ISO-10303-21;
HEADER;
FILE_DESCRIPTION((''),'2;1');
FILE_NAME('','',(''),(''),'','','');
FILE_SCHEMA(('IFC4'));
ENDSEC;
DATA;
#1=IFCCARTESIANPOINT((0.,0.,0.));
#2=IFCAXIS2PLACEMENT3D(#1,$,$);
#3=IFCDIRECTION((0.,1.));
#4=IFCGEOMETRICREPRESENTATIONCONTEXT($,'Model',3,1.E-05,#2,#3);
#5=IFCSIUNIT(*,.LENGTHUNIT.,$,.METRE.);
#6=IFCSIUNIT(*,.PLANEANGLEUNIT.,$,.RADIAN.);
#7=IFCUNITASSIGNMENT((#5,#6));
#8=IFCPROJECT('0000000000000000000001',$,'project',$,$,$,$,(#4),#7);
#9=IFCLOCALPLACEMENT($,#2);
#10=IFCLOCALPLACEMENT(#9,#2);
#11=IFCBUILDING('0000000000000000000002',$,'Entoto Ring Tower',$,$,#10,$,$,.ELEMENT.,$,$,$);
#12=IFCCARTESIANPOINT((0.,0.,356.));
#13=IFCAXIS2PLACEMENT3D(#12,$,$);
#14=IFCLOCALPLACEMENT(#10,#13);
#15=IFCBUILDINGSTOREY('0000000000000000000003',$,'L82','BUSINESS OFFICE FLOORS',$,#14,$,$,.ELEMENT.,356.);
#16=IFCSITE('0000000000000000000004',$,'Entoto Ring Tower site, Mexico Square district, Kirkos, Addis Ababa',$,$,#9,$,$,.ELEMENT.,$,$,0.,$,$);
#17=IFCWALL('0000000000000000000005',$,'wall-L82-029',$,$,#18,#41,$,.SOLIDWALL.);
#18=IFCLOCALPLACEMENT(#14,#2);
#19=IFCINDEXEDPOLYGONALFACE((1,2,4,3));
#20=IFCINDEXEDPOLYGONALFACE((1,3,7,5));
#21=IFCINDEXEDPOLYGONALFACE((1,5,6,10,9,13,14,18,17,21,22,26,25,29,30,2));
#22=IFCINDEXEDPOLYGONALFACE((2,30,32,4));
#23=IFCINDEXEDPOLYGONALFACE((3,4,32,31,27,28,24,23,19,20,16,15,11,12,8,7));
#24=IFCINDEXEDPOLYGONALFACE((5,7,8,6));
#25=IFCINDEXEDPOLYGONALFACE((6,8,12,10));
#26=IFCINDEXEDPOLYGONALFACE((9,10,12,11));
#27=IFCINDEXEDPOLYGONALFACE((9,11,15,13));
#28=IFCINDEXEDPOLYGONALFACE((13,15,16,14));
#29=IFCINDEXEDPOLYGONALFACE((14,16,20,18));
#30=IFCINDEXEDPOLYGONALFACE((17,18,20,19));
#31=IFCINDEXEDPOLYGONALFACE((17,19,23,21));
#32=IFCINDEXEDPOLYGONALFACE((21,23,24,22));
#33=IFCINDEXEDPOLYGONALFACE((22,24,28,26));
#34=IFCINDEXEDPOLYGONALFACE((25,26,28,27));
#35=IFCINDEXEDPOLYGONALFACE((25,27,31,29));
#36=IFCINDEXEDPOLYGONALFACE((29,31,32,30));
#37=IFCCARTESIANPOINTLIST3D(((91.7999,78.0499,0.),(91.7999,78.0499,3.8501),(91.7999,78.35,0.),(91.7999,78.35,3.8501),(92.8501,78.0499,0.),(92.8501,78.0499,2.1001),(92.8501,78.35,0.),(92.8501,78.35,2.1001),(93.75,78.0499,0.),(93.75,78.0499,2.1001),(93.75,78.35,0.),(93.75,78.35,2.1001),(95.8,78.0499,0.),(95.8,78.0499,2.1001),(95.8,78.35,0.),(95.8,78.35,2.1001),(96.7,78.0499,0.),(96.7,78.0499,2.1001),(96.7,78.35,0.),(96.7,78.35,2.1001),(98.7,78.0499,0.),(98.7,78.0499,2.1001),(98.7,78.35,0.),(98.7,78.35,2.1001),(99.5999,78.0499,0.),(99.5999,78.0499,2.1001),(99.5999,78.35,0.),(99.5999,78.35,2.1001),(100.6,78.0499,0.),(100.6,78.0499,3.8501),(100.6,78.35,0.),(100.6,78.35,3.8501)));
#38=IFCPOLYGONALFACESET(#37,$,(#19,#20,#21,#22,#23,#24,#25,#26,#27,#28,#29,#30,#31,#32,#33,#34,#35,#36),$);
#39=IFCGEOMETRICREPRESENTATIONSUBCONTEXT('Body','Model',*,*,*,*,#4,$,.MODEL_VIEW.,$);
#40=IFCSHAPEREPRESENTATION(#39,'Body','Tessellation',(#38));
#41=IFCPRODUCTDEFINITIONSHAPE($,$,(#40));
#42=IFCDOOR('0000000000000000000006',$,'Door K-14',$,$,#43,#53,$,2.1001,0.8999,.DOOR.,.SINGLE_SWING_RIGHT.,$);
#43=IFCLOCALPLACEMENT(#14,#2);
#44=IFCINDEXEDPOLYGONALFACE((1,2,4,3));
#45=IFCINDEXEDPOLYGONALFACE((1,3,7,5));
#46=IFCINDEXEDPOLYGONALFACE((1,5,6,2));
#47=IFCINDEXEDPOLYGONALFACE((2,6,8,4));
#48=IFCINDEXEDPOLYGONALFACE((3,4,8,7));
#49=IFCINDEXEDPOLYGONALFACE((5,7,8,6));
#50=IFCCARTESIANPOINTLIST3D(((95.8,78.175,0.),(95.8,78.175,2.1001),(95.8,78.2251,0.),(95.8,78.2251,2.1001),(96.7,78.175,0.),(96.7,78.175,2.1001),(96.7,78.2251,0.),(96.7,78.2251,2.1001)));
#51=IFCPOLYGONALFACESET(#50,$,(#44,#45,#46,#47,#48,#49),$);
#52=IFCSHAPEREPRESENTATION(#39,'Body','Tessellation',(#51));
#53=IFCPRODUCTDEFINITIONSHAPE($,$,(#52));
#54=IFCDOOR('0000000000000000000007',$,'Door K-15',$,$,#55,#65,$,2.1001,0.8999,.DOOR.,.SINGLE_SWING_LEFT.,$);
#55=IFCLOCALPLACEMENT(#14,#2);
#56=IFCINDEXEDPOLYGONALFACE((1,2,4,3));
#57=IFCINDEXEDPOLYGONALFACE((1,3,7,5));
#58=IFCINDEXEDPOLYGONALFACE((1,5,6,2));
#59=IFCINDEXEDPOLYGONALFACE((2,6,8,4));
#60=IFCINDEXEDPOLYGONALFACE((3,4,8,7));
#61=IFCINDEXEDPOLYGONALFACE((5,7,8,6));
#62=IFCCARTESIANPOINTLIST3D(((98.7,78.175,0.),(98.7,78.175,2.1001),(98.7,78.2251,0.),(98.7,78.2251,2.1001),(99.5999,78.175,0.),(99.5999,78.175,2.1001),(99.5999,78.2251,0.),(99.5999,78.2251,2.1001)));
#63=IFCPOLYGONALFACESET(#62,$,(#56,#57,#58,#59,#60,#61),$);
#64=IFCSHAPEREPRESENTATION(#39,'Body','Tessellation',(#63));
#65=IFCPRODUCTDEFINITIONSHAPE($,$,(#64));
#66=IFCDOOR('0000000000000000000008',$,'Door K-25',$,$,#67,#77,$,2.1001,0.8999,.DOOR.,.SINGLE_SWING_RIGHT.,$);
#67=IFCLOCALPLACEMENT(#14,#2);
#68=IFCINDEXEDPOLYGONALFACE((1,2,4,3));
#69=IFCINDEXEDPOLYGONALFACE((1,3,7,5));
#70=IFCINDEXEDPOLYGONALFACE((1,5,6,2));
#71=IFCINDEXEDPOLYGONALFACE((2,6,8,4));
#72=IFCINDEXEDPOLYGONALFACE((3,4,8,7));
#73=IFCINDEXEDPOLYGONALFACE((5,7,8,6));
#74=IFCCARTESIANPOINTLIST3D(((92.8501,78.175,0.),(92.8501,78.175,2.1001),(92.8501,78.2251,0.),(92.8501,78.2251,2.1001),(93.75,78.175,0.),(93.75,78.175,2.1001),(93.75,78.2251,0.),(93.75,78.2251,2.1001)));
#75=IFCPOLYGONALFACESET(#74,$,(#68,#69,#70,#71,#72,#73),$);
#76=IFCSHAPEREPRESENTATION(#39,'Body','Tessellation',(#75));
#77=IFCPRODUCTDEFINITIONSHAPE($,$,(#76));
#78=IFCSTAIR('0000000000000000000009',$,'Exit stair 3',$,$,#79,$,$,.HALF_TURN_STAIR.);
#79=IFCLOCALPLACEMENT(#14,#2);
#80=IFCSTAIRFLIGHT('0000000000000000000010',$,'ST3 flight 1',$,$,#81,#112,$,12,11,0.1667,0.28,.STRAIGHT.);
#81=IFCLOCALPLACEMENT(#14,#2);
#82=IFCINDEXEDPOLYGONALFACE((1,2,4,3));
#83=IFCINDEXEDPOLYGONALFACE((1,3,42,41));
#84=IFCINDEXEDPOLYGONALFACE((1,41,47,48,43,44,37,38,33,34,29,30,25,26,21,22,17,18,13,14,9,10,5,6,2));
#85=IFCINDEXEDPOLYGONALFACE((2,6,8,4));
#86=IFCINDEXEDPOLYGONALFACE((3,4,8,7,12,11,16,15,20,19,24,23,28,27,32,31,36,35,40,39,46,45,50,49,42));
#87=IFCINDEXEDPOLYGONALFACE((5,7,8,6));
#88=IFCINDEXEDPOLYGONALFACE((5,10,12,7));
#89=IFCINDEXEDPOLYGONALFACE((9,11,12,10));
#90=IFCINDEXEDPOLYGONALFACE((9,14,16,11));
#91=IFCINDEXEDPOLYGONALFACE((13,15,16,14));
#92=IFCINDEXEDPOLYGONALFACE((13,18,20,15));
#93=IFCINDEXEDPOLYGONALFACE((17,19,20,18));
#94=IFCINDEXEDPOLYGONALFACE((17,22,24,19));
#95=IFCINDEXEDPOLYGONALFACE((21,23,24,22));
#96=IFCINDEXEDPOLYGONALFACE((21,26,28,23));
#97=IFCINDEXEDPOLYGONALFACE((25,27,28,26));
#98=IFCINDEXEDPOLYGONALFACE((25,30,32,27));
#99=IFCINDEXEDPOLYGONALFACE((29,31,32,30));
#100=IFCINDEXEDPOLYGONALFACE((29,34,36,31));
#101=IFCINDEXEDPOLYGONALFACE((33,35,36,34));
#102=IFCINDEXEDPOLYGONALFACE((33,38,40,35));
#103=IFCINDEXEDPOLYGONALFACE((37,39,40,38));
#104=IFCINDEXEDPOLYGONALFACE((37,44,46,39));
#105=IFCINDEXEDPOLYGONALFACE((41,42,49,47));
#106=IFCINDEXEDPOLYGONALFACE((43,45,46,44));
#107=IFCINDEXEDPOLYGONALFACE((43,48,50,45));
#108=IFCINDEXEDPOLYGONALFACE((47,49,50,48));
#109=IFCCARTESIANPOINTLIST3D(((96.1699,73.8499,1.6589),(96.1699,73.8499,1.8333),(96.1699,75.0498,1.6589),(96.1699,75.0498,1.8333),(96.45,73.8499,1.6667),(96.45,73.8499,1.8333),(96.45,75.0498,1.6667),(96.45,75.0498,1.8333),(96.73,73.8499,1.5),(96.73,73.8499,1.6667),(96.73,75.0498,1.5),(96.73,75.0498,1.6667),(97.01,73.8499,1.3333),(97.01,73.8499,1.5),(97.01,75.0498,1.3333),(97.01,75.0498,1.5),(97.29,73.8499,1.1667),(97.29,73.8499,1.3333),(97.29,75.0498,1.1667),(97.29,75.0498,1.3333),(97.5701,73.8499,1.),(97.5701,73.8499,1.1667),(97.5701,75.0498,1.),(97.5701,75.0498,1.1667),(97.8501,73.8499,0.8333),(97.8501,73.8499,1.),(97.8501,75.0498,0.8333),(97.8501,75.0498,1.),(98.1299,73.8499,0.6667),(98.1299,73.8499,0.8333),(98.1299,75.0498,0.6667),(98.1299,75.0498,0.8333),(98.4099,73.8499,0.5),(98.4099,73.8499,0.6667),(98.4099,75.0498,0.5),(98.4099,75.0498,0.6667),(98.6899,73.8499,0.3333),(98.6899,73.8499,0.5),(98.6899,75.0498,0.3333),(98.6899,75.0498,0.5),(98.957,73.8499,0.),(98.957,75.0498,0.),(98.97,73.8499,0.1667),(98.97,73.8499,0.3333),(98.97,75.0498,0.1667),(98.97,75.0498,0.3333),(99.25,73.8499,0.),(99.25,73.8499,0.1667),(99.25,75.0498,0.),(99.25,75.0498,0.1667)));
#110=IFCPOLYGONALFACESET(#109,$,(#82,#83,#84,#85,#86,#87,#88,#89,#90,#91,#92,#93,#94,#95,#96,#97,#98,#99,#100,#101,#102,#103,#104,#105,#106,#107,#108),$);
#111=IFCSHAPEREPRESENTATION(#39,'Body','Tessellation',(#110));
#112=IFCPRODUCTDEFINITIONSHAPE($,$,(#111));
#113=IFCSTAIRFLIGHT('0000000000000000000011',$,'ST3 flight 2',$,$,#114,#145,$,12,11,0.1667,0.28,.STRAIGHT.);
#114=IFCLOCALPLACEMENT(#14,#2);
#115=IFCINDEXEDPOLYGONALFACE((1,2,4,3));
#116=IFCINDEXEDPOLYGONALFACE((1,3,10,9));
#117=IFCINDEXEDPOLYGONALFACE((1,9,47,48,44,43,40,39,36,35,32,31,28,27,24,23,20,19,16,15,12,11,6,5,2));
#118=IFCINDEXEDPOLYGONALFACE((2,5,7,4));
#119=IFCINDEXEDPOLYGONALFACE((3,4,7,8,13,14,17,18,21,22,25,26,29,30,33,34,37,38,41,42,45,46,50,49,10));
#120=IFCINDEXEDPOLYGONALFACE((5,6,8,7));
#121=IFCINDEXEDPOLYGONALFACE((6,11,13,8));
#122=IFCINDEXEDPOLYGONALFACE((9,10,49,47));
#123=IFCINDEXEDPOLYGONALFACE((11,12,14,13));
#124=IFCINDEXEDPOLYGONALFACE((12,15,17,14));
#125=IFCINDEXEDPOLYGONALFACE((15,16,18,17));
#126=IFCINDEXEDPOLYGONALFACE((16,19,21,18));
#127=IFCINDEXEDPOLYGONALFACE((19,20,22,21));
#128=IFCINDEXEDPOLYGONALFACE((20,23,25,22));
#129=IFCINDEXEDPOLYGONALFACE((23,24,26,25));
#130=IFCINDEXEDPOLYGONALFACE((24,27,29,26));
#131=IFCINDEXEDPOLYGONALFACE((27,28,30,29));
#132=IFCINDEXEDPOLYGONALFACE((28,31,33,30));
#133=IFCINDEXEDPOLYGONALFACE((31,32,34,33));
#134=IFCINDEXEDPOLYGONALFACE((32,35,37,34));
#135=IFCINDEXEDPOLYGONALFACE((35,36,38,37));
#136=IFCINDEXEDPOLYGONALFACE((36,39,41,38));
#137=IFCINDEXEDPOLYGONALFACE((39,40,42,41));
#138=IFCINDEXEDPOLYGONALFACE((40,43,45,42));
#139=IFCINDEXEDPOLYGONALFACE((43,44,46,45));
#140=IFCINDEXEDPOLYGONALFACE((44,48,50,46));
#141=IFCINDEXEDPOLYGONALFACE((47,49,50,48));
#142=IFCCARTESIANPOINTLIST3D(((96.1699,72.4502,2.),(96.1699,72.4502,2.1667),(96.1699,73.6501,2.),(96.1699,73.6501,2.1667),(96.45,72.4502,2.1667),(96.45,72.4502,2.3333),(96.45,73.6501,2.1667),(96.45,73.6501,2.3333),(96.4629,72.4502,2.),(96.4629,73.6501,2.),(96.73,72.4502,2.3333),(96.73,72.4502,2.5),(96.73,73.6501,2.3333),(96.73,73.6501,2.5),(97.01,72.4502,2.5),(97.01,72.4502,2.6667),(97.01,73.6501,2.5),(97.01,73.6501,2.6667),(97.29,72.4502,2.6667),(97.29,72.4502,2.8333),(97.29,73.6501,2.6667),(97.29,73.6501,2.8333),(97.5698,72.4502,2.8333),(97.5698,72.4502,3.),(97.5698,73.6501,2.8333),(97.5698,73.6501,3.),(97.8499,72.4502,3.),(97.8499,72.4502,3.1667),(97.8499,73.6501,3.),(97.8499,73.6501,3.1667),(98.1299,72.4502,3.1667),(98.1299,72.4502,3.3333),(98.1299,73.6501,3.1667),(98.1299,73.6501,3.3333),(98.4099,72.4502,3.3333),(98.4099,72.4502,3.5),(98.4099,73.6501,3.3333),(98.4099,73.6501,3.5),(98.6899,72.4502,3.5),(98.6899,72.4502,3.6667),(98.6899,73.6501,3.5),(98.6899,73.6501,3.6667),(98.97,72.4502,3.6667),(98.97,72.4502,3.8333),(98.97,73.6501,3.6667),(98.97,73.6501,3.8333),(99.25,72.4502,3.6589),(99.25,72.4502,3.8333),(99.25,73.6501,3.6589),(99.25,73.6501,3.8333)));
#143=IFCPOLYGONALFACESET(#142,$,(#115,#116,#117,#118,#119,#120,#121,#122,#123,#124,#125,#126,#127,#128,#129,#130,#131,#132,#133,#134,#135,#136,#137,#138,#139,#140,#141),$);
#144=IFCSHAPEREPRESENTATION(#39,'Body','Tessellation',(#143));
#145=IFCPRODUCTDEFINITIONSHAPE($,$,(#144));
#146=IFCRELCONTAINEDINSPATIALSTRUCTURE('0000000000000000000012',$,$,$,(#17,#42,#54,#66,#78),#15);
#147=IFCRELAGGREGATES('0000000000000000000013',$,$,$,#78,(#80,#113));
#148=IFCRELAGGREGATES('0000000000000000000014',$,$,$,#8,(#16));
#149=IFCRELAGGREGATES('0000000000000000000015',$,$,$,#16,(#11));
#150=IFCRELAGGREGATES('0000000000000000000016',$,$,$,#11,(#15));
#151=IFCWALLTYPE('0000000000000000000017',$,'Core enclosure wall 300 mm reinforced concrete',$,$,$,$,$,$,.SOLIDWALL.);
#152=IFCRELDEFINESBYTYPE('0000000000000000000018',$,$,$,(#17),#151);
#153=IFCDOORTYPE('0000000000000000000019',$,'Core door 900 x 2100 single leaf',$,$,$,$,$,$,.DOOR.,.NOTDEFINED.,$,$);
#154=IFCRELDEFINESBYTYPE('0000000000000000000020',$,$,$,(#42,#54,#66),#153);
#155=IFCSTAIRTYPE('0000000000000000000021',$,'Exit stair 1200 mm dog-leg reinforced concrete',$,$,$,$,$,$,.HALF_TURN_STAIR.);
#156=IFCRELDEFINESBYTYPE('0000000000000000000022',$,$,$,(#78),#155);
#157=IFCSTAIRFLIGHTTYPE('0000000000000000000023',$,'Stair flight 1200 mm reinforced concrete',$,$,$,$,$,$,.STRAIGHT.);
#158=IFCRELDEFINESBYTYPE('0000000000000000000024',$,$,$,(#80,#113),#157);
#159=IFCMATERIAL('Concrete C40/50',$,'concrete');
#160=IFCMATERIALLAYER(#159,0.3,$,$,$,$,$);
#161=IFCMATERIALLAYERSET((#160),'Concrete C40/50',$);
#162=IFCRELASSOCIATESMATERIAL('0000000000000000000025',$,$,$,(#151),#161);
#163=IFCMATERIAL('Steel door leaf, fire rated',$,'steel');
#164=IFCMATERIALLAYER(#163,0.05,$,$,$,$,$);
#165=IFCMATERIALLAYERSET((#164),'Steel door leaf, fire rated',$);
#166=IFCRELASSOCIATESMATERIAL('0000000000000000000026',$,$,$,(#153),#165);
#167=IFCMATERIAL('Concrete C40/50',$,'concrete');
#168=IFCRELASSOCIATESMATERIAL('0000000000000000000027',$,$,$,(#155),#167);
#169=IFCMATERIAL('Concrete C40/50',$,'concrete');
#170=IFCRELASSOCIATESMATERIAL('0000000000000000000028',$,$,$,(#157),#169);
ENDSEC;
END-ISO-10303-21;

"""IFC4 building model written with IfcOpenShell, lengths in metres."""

from ifc_helpers import new_model, si_unit, direction, frame, frame_2d, origin, place, context, subcontext, project, spatial, polyline, rectangle, outline, extrude, material, layer, layer_set, type_object, element, fill, aggregate, save


model = new_model("IFC4")

# Units and contexts
model_context = context("Model", 3, precision=1e-05, world=origin(), true_north=direction((0.0, 1.0)))
body_context = subcontext(model_context, "Body", "Model", "MODEL_VIEW")
ifc_project = project(units=[si_unit("LENGTHUNIT", "METRE"), si_unit("PLANEANGLEUNIT", "RADIAN")], contexts=[model_context])

# Site, building, storey
site_placement = place(None, origin())
site = spatial("IfcSite", under=ifc_project, at=site_placement, Name="Entoto Ring Tower site, Mexico Square district, Kirkos, Addis Ababa", CompositionType="ELEMENT", RefElevation=0.0)
building_placement = place(site_placement, origin())
building = spatial("IfcBuilding", under=site, at=building_placement, Name="Entoto Ring Tower", CompositionType="ELEMENT")
storey_placement = place(building_placement, frame((0.0, 0.0, 356.0)))
storey = spatial("IfcBuildingStorey", under=building, at=storey_placement, Name="L82", Description="BUSINESS OFFICE FLOORS", CompositionType="ELEMENT", Elevation=356.0)

# Shared definitions
ifc_material_1 = material(Name="Concrete C40/50", Category="concrete")
ifc_layer_1 = layer(ifc_material_1, 0.3)
ifc_layer_set_1 = layer_set([ifc_layer_1], Name="Concrete C40/50")
wall_type = type_object("IfcWallType", Name="Core enclosure wall 300 mm reinforced concrete", PredefinedType="SOLIDWALL", material=ifc_layer_set_1)

# Shared definitions
ifc_material_2 = material(Name="Steel door leaf, fire rated", Category="steel")
ifc_layer_2 = layer(ifc_material_2, 0.05)
ifc_layer_set_2 = layer_set([ifc_layer_2], Name="Steel door leaf, fire rated")
door_type_1 = type_object("IfcDoorType", Name="Core door 900 x 2100 single leaf", OperationType="NOTDEFINED", PredefinedType="DOOR", material=ifc_layer_set_2)

# Wall, openings, doors
wall_1_placement = place(storey_placement, frame((91.8, 78.2, 0.0), z_axis=(0.0, 0.0, 1.0), x_axis=(1.0, 0.0, 0.0)))
wall_1 = element("IfcWall", 1, at=wall_1_placement, inside=storey, type_object=wall_type, Name="wall-L82-029", PredefinedType="SOLIDWALL", context=body_context, shape_type="SweptSolid", body=[
    extrude(rectangle(XDim=8.8, YDim=0.3, at=frame_2d((4.3999, 0.0))), origin(), (0.0, 0.0, 1.0), 3.8501),
])
opening_1_placement = place(wall_1_placement, frame((4.0, 0.0, 0.0)))
opening_1 = element("IfcOpeningElement", 2, at=opening_1_placement, cuts=wall_1, PredefinedType="OPENING", context=body_context, shape_type="SweptSolid", body=[
    extrude(rectangle(XDim=0.8999, YDim=2.1001, at=frame_2d((0.45, 1.05))), frame((0.0, 0.1602, 0.0), z_axis=(0.0, -1.0, 0.0), x_axis=(1.0, 0.0, 0.0)), (0.0, 0.0, 1.0), 0.3201),
])
opening_2_placement = place(wall_1_placement, frame((6.8999, 0.0, 0.0)))
opening_2 = element("IfcOpeningElement", 3, at=opening_2_placement, cuts=wall_1, PredefinedType="OPENING", context=body_context, shape_type="SweptSolid", body=[
    extrude(rectangle(XDim=0.8999, YDim=2.1001, at=frame_2d((0.45, 1.05))), frame((0.0, 0.1602, 0.0), z_axis=(0.0, -1.0, 0.0), x_axis=(1.0, 0.0, 0.0)), (0.0, 0.0, 1.0), 0.3201),
])
opening_3_placement = place(wall_1_placement, frame((1.05, 0.0, 0.0)))
opening_3 = element("IfcOpeningElement", 4, at=opening_3_placement, cuts=wall_1, PredefinedType="OPENING", context=body_context, shape_type="SweptSolid", body=[
    extrude(rectangle(XDim=0.8999, YDim=2.1001, at=frame_2d((0.45, 1.05))), frame((0.0, 0.1602, 0.0), z_axis=(0.0, -1.0, 0.0), x_axis=(1.0, 0.0, 0.0)), (0.0, 0.0, 1.0), 0.3201),
])
door_1_placement = place(opening_1_placement, frame((0.8999, 0.0, 0.0), z_axis=(0.0, 0.0, 1.0), x_axis=(-1.0, 0.0, 0.0)))
door_1 = element("IfcDoor", 5, at=door_1_placement, inside=storey, type_object=door_type_1, Name="Door K-14", OperationType="SINGLE_SWING_RIGHT", OverallHeight=2.1001, OverallWidth=0.8999, PredefinedType="DOOR", context=body_context, shape_type="SweptSolid", body=[
    extrude(rectangle(XDim=0.8999, YDim=2.1001, at=frame_2d((0.45, 1.05))), frame((0.0, 0.0249, 0.0), z_axis=(0.0, -1.0, 0.0), x_axis=(1.0, 0.0, 0.0)), (0.0, 0.0, 1.0), 0.05),
])
fill(opening_1, door_1)
door_2_placement = place(opening_2_placement, frame((0.8999, 0.0, 0.0), z_axis=(0.0, 0.0, 1.0), x_axis=(-1.0, 0.0, 0.0)))
door_2 = element("IfcDoor", 6, at=door_2_placement, inside=storey, type_object=door_type_1, Name="Door K-15", OperationType="SINGLE_SWING_LEFT", OverallHeight=2.1001, OverallWidth=0.8999, PredefinedType="DOOR", context=body_context, shape_type="SweptSolid", body=[
    extrude(rectangle(XDim=0.8999, YDim=2.1001, at=frame_2d((0.45, 1.05))), frame((0.0, 0.0249, 0.0), z_axis=(0.0, -1.0, 0.0), x_axis=(1.0, 0.0, 0.0)), (0.0, 0.0, 1.0), 0.05),
])
fill(opening_2, door_2)
door_3_placement = place(opening_3_placement, frame((0.8999, 0.0, 0.0), z_axis=(0.0, 0.0, 1.0), x_axis=(-1.0, 0.0, 0.0)))
door_3 = element("IfcDoor", 7, at=door_3_placement, inside=storey, type_object=door_type_1, Name="Door K-25", OperationType="SINGLE_SWING_RIGHT", OverallHeight=2.1001, OverallWidth=0.8999, PredefinedType="DOOR", context=body_context, shape_type="SweptSolid", body=[
    extrude(rectangle(XDim=0.8999, YDim=2.1001, at=frame_2d((0.45, 1.05))), frame((0.0, 0.0249, 0.0), z_axis=(0.0, -1.0, 0.0), x_axis=(1.0, 0.0, 0.0)), (0.0, 0.0, 1.0), 0.05),
])
fill(opening_3, door_3)

# Stair, stair flights
ifc_material_3 = material(Name="Concrete C40/50", Category="concrete")
stair_type = type_object("IfcStairType", Name="Exit stair 1200 mm dog-leg reinforced concrete", PredefinedType="HALF_TURN_STAIR", material=ifc_material_3)
stair_placement = place(storey_placement, origin())
stair = element("IfcStair", 8, at=stair_placement, inside=storey, type_object=stair_type, Name="Exit stair 3", PredefinedType="HALF_TURN_STAIR")
ifc_material_4 = material(Name="Concrete C40/50", Category="concrete")
stair_flight_type = type_object("IfcStairFlightType", Name="Stair flight 1200 mm reinforced concrete", PredefinedType="STRAIGHT", material=ifc_material_4)
stair_flight_1_placement = place(storey_placement, frame((99.25, 74.45, 0.0), z_axis=(0.0, 0.0, 1.0), x_axis=(-1.0, 0.0, 0.0)))
stair_flight_1 = element("IfcStairFlight", 9, at=stair_flight_1_placement, type_object=stair_flight_type, Name="ST3 flight 1", NumberOfRisers=12, NumberOfTreads=11, PredefinedType="STRAIGHT", RiserHeight=0.1667, TreadLength=0.28, context=body_context, shape_type="SweptSolid", body=[
    extrude(outline(polyline([(0.0, 0.0), (0.0, 0.1667), (0.28, 0.1667), (0.28, 0.3333), (0.5601, 0.3333), (0.5601, 0.5), (0.8401, 0.5), (0.8401, 0.6667), (1.1201, 0.6667), (1.1201, 0.8333), (1.3999, 0.8333), (1.3999, 1.0), (1.6799, 1.0), (1.6799, 1.1667), (1.96, 1.1667), (1.96, 1.3333), (2.24, 1.3333), (2.24, 1.5), (2.52, 1.5), (2.52, 1.6667), (2.8, 1.6667), (2.8, 1.8333), (3.0801, 1.8333), (3.0801, 2.0), (3.0801, 1.6589), (0.293, 0.0), (0.0, 0.0)])), frame((0.0, 0.6001, 0.0), z_axis=(0.0, -1.0, 0.0), x_axis=(1.0, 0.0, 0.0)), (0.0, 0.0, 1.0), 1.2),
])
stair_flight_2_placement = place(storey_placement, frame((96.1699, 73.05, 2.0), z_axis=(0.0, 0.0, 1.0), x_axis=(1.0, 0.0, 0.0)))
stair_flight_2 = element("IfcStairFlight", 10, at=stair_flight_2_placement, type_object=stair_flight_type, Name="ST3 flight 2", NumberOfRisers=12, NumberOfTreads=11, PredefinedType="STRAIGHT", RiserHeight=0.1667, TreadLength=0.28, context=body_context, shape_type="SweptSolid", body=[
    extrude(outline(polyline([(0.0, 0.0), (0.0, 0.1667), (0.28, 0.1667), (0.28, 0.3333), (0.5601, 0.3333), (0.5601, 0.5), (0.8401, 0.5), (0.8401, 0.6667), (1.1201, 0.6667), (1.1201, 0.8333), (1.3999, 0.8333), (1.3999, 1.0), (1.6799, 1.0), (1.6799, 1.1667), (1.96, 1.1667), (1.96, 1.3333), (2.24, 1.3333), (2.24, 1.5), (2.52, 1.5), (2.52, 1.6667), (2.8, 1.6667), (2.8, 1.8333), (3.0801, 1.8333), (3.0801, 2.0), (3.0801, 1.6589), (0.293, 0.0), (0.0, 0.0)])), frame((0.0, 0.6001, 0.0), z_axis=(0.0, -1.0, 0.0), x_axis=(1.0, 0.0, 0.0)), (0.0, 0.0, 1.0), 1.2),
])
aggregate(stair, [stair_flight_1, stair_flight_2])

save(model, "model.ifc")
